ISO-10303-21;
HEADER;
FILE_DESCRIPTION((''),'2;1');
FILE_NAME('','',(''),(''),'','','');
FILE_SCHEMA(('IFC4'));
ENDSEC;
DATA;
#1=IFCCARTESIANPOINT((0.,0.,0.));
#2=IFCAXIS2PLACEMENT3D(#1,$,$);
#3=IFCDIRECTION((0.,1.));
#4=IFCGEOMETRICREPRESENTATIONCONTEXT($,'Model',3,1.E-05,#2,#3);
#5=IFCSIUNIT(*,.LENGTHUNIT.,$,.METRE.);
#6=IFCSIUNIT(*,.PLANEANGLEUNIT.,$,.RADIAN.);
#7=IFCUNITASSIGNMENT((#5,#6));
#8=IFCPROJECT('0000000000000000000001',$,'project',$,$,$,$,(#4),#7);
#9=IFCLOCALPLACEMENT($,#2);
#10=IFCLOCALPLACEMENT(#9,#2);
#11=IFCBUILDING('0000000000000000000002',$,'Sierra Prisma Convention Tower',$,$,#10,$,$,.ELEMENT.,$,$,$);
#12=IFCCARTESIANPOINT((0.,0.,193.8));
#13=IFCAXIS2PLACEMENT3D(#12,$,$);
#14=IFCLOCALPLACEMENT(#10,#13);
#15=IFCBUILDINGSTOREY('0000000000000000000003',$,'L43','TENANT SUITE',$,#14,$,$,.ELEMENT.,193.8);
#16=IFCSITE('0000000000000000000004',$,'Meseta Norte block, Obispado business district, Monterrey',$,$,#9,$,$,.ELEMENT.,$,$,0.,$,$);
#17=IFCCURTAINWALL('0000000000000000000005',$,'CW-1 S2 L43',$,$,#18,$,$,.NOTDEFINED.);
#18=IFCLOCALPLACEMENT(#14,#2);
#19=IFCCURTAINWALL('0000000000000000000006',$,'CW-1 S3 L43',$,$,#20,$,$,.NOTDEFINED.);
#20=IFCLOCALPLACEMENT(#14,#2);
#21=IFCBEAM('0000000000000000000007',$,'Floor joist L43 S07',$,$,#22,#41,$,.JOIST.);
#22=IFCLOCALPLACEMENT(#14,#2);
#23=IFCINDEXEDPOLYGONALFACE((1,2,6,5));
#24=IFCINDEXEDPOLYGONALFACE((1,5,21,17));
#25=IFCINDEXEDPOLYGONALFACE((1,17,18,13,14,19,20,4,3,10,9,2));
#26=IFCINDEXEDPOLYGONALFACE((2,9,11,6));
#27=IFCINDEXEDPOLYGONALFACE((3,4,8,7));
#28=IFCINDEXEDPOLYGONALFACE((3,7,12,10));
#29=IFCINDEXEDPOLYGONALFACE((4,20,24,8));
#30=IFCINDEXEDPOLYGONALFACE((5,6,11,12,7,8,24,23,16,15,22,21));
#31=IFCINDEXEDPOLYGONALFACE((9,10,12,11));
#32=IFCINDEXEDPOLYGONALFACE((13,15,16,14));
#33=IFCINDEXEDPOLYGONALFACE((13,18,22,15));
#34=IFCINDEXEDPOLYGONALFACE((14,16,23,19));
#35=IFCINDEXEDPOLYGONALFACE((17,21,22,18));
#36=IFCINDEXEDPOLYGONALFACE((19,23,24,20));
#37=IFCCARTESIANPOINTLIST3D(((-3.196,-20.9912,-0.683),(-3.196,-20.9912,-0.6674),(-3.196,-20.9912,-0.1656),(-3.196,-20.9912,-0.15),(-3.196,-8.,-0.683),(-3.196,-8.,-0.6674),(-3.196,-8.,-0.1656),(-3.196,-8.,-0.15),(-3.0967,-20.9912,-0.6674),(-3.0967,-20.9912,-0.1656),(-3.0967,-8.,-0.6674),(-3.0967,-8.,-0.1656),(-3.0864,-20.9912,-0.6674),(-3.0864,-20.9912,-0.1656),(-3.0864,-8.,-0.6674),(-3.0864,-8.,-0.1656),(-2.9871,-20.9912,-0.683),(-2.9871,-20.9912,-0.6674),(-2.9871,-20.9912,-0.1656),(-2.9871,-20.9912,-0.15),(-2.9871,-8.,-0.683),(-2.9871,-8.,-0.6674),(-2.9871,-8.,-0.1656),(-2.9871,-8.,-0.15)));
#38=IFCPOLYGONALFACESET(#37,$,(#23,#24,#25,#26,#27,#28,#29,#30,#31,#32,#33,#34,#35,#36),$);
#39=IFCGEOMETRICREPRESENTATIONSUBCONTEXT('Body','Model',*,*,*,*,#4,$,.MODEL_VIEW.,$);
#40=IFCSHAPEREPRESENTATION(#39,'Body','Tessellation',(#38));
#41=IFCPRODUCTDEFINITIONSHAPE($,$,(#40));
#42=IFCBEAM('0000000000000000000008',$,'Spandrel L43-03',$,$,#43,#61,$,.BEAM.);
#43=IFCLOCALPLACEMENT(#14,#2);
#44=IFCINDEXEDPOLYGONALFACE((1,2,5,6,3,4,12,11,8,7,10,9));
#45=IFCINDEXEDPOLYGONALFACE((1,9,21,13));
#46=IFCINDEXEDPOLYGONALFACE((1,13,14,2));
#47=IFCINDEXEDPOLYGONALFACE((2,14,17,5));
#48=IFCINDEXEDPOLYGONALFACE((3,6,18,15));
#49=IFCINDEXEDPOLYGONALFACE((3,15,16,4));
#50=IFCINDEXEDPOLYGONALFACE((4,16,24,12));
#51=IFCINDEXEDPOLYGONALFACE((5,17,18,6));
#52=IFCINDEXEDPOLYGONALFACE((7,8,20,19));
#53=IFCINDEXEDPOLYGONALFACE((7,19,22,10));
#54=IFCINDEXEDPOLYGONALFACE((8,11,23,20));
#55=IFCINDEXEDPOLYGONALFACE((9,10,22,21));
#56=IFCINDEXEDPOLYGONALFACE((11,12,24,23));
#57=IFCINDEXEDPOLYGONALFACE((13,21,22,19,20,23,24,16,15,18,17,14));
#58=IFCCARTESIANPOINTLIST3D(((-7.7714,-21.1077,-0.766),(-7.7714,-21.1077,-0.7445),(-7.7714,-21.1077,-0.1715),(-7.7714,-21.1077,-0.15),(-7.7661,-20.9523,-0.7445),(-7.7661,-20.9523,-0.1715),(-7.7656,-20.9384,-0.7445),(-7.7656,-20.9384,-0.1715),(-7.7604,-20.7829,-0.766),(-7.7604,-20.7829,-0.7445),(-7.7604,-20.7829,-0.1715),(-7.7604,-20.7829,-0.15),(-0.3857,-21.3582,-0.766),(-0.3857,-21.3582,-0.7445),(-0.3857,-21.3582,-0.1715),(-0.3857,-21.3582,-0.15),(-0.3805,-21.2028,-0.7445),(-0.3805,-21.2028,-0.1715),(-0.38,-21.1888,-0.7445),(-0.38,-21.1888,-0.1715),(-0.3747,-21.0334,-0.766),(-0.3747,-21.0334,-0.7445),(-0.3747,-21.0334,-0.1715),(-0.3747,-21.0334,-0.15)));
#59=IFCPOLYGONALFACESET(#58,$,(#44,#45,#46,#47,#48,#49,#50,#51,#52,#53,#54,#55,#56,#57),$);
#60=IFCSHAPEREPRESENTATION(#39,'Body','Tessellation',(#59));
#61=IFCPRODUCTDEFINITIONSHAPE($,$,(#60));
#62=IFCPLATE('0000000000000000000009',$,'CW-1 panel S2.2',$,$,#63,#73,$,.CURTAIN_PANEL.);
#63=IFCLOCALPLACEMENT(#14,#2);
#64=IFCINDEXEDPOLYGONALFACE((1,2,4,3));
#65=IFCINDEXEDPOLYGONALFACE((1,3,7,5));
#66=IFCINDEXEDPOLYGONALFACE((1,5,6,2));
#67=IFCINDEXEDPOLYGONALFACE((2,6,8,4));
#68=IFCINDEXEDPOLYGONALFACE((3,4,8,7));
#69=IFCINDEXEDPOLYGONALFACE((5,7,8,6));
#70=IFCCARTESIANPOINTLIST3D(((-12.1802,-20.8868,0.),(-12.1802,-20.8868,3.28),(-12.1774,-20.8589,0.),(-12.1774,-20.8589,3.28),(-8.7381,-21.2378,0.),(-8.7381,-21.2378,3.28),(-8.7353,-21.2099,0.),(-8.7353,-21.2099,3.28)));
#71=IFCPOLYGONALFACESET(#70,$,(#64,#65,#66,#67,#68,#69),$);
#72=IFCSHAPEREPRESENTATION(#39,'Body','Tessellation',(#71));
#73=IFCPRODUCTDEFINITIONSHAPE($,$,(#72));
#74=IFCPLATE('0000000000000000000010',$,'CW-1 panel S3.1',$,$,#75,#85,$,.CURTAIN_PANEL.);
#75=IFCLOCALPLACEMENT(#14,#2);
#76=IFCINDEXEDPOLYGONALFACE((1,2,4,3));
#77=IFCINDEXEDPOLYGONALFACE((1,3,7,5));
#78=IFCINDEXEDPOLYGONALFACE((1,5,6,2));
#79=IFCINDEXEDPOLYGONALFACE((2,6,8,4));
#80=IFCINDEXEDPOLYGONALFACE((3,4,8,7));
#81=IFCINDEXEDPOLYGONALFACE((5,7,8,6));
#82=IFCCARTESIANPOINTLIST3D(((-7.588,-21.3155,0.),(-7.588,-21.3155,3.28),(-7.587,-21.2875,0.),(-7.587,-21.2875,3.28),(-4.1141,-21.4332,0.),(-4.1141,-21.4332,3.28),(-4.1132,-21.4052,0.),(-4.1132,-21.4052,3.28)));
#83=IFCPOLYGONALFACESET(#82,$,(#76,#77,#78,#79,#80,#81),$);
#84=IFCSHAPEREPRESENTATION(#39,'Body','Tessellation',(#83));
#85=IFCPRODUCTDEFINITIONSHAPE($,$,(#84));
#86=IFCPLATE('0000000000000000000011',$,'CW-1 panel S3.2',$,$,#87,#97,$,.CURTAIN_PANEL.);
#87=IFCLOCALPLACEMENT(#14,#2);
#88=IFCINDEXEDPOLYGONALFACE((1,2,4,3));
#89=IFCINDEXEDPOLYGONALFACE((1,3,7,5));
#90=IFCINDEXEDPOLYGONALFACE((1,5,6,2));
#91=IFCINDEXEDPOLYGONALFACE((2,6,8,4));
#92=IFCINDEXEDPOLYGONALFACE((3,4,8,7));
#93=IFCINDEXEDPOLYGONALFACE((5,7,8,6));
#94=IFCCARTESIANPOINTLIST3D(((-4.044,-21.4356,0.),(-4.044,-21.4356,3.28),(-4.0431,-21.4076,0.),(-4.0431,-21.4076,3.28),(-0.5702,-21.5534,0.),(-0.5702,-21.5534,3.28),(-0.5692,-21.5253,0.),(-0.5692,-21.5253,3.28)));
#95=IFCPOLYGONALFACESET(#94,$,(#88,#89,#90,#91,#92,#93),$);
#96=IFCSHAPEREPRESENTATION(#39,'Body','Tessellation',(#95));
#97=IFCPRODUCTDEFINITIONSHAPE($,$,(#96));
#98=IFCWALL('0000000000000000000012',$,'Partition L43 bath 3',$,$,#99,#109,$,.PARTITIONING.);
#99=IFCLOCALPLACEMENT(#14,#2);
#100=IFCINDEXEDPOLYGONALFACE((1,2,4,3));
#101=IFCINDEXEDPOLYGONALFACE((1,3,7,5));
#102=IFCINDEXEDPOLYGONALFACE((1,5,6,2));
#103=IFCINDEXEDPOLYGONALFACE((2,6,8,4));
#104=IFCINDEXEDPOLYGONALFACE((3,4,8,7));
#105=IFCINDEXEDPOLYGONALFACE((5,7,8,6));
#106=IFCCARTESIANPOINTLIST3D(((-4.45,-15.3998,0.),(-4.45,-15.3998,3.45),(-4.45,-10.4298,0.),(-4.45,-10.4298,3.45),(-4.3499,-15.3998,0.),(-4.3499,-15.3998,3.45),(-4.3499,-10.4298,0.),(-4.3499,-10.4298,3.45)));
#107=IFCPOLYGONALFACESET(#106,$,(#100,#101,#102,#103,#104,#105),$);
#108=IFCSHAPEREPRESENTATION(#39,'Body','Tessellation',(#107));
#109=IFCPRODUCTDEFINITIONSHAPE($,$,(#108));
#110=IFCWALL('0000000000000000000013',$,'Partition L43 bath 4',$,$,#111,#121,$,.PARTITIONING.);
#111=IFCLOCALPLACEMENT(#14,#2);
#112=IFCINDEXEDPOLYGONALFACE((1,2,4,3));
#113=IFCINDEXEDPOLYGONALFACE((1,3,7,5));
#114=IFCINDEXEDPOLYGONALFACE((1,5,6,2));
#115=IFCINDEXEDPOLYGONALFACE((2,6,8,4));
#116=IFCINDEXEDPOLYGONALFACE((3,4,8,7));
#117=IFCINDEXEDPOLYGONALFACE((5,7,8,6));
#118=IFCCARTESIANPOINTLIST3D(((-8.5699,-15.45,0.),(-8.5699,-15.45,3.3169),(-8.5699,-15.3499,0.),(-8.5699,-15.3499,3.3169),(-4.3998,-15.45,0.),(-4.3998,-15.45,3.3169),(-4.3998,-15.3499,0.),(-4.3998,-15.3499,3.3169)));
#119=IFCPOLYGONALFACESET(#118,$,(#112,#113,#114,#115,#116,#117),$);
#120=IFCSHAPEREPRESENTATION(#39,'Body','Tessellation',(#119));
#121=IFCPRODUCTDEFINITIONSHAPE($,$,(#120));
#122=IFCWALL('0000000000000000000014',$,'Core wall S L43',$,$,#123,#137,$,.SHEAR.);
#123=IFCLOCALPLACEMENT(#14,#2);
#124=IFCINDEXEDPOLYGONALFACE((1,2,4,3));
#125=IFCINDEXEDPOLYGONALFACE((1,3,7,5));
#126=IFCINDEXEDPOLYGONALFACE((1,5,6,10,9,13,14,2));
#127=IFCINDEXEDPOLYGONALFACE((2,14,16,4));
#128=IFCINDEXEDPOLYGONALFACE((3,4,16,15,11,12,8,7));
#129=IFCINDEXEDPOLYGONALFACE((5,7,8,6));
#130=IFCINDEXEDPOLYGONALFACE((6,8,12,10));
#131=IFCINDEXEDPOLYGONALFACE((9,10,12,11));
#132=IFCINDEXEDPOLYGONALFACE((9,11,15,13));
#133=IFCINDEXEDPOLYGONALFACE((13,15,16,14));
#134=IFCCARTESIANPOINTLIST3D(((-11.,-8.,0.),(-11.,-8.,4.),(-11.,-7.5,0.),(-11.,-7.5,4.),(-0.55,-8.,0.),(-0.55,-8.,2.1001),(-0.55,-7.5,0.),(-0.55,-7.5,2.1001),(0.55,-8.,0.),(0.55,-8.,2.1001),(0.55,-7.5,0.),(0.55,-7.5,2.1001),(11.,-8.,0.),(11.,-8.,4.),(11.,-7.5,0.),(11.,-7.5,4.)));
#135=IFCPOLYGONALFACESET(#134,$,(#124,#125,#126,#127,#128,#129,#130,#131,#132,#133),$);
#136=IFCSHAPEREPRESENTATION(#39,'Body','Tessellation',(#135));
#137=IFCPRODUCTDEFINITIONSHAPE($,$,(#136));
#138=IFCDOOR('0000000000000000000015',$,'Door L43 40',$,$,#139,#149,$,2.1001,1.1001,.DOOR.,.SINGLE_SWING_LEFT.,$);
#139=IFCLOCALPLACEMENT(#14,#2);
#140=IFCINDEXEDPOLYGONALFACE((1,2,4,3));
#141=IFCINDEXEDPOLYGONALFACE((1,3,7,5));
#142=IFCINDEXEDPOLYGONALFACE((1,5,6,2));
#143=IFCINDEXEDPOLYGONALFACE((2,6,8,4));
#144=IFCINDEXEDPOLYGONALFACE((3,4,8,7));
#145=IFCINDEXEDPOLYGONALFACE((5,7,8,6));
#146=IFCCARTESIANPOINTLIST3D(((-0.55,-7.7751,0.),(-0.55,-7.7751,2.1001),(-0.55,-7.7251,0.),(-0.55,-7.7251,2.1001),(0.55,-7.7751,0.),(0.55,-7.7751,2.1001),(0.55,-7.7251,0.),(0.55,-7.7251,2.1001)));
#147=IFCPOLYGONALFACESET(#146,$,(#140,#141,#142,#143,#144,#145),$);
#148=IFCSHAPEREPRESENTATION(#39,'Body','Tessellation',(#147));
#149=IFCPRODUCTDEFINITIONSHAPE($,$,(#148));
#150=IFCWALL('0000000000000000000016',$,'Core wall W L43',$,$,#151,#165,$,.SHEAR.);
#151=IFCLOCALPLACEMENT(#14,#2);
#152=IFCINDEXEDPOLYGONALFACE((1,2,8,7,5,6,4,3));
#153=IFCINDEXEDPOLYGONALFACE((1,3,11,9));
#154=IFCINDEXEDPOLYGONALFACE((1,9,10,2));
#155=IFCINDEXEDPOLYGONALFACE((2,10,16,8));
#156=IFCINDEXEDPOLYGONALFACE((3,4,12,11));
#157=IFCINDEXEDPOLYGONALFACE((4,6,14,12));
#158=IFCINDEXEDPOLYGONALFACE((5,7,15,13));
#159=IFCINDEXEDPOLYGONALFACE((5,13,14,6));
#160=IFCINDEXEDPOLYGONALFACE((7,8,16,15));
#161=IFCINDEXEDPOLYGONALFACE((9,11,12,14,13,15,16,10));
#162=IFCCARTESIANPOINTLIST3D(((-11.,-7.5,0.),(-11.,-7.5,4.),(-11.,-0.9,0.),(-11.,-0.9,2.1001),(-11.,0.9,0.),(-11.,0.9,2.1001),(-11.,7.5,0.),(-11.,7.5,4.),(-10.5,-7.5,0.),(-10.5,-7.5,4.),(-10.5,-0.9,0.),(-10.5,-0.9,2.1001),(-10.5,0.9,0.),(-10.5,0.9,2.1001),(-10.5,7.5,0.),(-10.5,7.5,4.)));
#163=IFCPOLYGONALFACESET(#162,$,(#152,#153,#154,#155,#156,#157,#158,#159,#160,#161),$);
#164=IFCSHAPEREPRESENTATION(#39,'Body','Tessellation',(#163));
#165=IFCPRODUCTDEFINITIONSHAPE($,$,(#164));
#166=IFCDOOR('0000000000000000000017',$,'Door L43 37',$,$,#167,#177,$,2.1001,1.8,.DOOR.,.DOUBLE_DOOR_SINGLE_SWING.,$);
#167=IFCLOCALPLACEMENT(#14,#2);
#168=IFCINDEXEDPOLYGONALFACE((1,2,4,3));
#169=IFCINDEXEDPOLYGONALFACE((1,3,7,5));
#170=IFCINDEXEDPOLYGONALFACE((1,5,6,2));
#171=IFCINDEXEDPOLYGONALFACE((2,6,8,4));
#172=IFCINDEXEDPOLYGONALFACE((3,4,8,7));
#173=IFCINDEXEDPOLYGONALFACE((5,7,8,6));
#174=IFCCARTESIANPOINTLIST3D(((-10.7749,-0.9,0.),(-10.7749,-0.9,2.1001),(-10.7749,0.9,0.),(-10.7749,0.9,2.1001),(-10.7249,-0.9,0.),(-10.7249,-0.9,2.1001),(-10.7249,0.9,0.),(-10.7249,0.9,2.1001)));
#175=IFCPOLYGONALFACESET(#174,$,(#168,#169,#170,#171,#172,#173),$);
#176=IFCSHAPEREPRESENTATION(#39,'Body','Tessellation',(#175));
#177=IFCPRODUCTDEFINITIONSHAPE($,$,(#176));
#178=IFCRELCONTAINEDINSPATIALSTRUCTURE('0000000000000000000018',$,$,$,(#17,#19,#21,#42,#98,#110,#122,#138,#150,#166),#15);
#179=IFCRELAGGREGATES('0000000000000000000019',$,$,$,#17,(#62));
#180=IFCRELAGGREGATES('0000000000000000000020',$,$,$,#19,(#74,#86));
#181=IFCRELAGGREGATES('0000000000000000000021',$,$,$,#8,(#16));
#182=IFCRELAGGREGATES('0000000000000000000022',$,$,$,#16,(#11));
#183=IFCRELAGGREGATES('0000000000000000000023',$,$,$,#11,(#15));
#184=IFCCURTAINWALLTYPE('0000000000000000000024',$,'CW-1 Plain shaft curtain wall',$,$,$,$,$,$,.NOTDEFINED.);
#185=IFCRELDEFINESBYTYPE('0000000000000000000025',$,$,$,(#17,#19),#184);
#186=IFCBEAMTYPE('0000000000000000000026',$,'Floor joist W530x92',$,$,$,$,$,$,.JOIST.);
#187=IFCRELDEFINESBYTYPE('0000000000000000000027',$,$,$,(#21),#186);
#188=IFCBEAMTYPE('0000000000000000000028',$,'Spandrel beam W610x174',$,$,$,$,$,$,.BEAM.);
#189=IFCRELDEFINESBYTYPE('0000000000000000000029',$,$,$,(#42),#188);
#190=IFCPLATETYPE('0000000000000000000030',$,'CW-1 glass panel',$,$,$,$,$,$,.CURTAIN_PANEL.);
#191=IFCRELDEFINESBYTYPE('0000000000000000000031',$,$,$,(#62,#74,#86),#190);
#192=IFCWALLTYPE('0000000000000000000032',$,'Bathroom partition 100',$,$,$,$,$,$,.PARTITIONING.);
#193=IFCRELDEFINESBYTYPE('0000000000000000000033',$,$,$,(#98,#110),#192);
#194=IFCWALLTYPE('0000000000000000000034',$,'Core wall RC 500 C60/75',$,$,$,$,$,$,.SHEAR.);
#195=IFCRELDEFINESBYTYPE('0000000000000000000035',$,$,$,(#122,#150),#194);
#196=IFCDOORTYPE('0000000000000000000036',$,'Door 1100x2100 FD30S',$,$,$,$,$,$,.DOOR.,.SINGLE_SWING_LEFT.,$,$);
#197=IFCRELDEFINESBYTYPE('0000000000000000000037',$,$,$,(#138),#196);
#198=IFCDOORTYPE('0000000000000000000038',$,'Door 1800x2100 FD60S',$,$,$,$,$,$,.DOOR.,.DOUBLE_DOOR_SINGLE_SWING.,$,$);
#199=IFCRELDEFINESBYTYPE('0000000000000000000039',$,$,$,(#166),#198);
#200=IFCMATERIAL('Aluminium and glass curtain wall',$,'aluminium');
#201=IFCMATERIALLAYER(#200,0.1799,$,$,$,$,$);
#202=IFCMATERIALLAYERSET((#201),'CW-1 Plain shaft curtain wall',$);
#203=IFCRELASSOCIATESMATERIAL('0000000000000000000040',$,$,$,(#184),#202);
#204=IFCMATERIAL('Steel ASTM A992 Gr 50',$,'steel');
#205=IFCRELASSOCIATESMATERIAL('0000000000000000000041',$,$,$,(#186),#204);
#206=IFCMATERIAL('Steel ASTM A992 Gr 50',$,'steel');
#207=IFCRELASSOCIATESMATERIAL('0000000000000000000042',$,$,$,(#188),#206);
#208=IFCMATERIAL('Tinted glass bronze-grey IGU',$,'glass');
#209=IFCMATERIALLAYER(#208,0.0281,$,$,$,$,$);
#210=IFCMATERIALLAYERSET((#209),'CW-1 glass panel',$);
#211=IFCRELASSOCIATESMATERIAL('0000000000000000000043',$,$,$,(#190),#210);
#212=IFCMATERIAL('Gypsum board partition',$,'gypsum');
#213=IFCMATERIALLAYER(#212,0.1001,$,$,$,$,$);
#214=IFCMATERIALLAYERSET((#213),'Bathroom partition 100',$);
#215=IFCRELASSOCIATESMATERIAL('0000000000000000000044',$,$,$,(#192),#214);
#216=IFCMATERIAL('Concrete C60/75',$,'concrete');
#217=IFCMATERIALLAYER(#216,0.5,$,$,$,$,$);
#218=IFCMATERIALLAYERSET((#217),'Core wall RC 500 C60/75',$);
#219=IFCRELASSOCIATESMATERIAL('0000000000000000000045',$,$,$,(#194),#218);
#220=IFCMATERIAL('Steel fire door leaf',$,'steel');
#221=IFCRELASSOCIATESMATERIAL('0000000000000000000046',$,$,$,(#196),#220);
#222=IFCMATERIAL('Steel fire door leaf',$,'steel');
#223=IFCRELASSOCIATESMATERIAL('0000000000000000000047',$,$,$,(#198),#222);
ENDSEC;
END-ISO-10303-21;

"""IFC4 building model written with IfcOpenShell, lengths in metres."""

from ifc_helpers import new_model, si_unit, direction, frame, frame_2d, origin, origin_2d, place, context, subcontext, project, spatial, rectangle, i_section, extrude, material, layer, layer_set, material_profile, profile_set, type_object, element, fill, aggregate, save


model = new_model("IFC4")

# Units and contexts
model_context = context("Model", 3, precision=1e-05, world=origin(), true_north=direction((0.0, 1.0)))
body_context = subcontext(model_context, "Body", "Model", "MODEL_VIEW")
ifc_project = project(units=[si_unit("LENGTHUNIT", "METRE"), si_unit("PLANEANGLEUNIT", "RADIAN")], contexts=[model_context])

# Site, building, storey
site_placement = place(None, origin())
site = spatial("IfcSite", under=ifc_project, at=site_placement, Name="Meseta Norte block, Obispado business district, Monterrey", CompositionType="ELEMENT", RefElevation=0.0)
building_placement = place(site_placement, origin())
building = spatial("IfcBuilding", under=site, at=building_placement, Name="Sierra Prisma Convention Tower", CompositionType="ELEMENT")
storey_placement = place(building_placement, frame((0.0, 0.0, 193.8)))
storey = spatial("IfcBuildingStorey", under=building, at=storey_placement, Name="L43", Description="TENANT SUITE", CompositionType="ELEMENT", Elevation=193.8)

# Curtain wall
ifc_material_1 = material(Name="Aluminium and glass curtain wall", Category="aluminium")
ifc_layer_1 = layer(ifc_material_1, 0.1799)
ifc_layer_set_1 = layer_set([ifc_layer_1], Name="CW-1 Plain shaft curtain wall")
curtain_wall_type = type_object("IfcCurtainWallType", Name="CW-1 Plain shaft curtain wall", PredefinedType="NOTDEFINED", material=ifc_layer_set_1)
curtain_wall_1_placement = place(storey_placement, origin())
curtain_wall_1 = element("IfcCurtainWall", 1, at=curtain_wall_1_placement, inside=storey, type_object=curtain_wall_type, Name="CW-1 S2 L43", PredefinedType="NOTDEFINED")

# Curtain wall
curtain_wall_2_placement = place(storey_placement, origin())
curtain_wall_2 = element("IfcCurtainWall", 2, at=curtain_wall_2_placement, inside=storey, type_object=curtain_wall_type, Name="CW-1 S3 L43", PredefinedType="NOTDEFINED")

# Beams
ifc_material_2 = material(Name="Steel ASTM A992 Gr 50", Category="steel")
ifc_material_profile_1 = material_profile(ifc_material_2, i_section(OverallWidth=0.209, OverallDepth=0.533, WebThickness=0.0103, FlangeThickness=0.0156, at=origin_2d()), Name="W530x92")
ifc_profile_set_1 = profile_set([ifc_material_profile_1], Name="Steel ASTM A992 Gr 50")
beam_type_1 = type_object("IfcBeamType", Name="Floor joist W530x92", PredefinedType="JOIST", material=ifc_profile_set_1)
beam_1_placement = place(storey_placement, frame((-3.0916, -20.9912, -0.4165), z_axis=(0.0, 1.0, 0.0), x_axis=(-1.0, 0.0, 0.0)))
element("IfcBeam", 3, at=beam_1_placement, inside=storey, type_object=beam_type_1, Name="Floor joist L43 S07", PredefinedType="JOIST", context=body_context, shape_type="SweptSolid", body=[
    extrude(i_section(OverallWidth=0.209, OverallDepth=0.533, WebThickness=0.0103, FlangeThickness=0.0156, at=origin_2d()), origin(), (0.0, 0.0, 1.0), 12.9912),
])
ifc_material_3 = material(Name="Steel ASTM A992 Gr 50", Category="steel")
ifc_material_profile_2 = material_profile(ifc_material_3, i_section(OverallWidth=0.325, OverallDepth=0.616, WebThickness=0.0139, FlangeThickness=0.0215, at=origin_2d()), Name="W610x174")
ifc_profile_set_2 = profile_set([ifc_material_profile_2], Name="Steel ASTM A992 Gr 50")
beam_type_2 = type_object("IfcBeamType", Name="Spandrel beam W610x174", PredefinedType="BEAM", material=ifc_profile_set_2)
beam_2_placement = place(storey_placement, frame((-7.7659, -20.9453, -0.458), z_axis=(0.999425, -0.033896, 0.0), x_axis=(0.033896, 0.999425, 0.0)))
element("IfcBeam", 4, at=beam_2_placement, inside=storey, type_object=beam_type_2, Name="Spandrel L43-03", PredefinedType="BEAM", context=body_context, shape_type="SweptSolid", body=[
    extrude(i_section(OverallWidth=0.325, OverallDepth=0.616, WebThickness=0.0139, FlangeThickness=0.0215, at=origin_2d()), origin(), (0.0, 0.0, 1.0), 7.3899),
])

# Plates
ifc_material_4 = material(Name="Tinted glass bronze-grey IGU", Category="glass")
ifc_layer_2 = layer(ifc_material_4, 0.0281)
ifc_layer_set_2 = layer_set([ifc_layer_2], Name="CW-1 glass panel")
plate_type = type_object("IfcPlateType", Name="CW-1 glass panel", PredefinedType="CURTAIN_PANEL", material=ifc_layer_set_2)
plate_1_placement = place(storey_placement, frame((-10.4578, -21.0483, 0.0), z_axis=(0.0, 0.0, 1.0), x_axis=(0.994841, -0.101448, 0.0)))
plate_1 = element("IfcPlate", 5, at=plate_1_placement, type_object=plate_type, Name="CW-1 panel S2.2", PredefinedType="CURTAIN_PANEL", context=body_context, shape_type="SweptSolid", body=[
    extrude(rectangle(XDim=3.46, YDim=0.0281, at=origin_2d()), origin(), (0.0, 0.0, 1.0), 3.28),
])
aggregate(curtain_wall_1, [plate_1])
plate_2_placement = place(storey_placement, frame((-5.8506, -21.3604, 0.0), z_axis=(0.0, 0.0, 1.0), x_axis=(0.999426, -0.033868, 0.0)))
plate_2 = element("IfcPlate", 6, at=plate_2_placement, type_object=plate_type, Name="CW-1 panel S3.1", PredefinedType="CURTAIN_PANEL", context=body_context, shape_type="SweptSolid", body=[
    extrude(rectangle(XDim=3.4758, YDim=0.0281, at=origin_2d()), origin(), (0.0, 0.0, 1.0), 3.28),
])
plate_3_placement = place(storey_placement, frame((-2.3066, -21.4805, 0.0), z_axis=(0.0, 0.0, 1.0), x_axis=(0.999426, -0.033868, 0.0)))
plate_3 = element("IfcPlate", 7, at=plate_3_placement, type_object=plate_type, Name="CW-1 panel S3.2", PredefinedType="CURTAIN_PANEL", context=body_context, shape_type="SweptSolid", body=[
    extrude(rectangle(XDim=3.4758, YDim=0.0281, at=origin_2d()), origin(), (0.0, 0.0, 1.0), 3.28),
])
aggregate(curtain_wall_2, [plate_2, plate_3])

# Walls
ifc_material_5 = material(Name="Gypsum board partition", Category="gypsum")
ifc_layer_3 = layer(ifc_material_5, 0.1001)
ifc_layer_set_3 = layer_set([ifc_layer_3], Name="Bathroom partition 100")
wall_type_1 = type_object("IfcWallType", Name="Bathroom partition 100", PredefinedType="PARTITIONING", material=ifc_layer_set_3)
wall_1_placement = place(storey_placement, frame((-4.3999, -10.4299, 0.0), z_axis=(0.0, 0.0, 1.0), x_axis=(0.0, -1.0, 0.0)))
element("IfcWall", 8, at=wall_1_placement, inside=storey, type_object=wall_type_1, Name="Partition L43 bath 3", PredefinedType="PARTITIONING", context=body_context, shape_type="SweptSolid", body=[
    extrude(rectangle(XDim=4.97, YDim=0.1001, at=frame_2d((2.4849, 0.0))), origin(), (0.0, 0.0, 1.0), 3.45),
])
wall_2_placement = place(storey_placement, frame((-4.3999, -15.3999, 0.0), z_axis=(0.0, 0.0, 1.0), x_axis=(-1.0, 0.0, 0.0)))
element("IfcWall", 9, at=wall_2_placement, inside=storey, type_object=wall_type_1, Name="Partition L43 bath 4", PredefinedType="PARTITIONING", context=body_context, shape_type="SweptSolid", body=[
    extrude(rectangle(XDim=4.1702, YDim=0.1001, at=frame_2d((2.085, 0.0))), origin(), (0.0, 0.0, 1.0), 3.3169),
])

# Walls, openings, doors
ifc_material_6 = material(Name="Concrete C60/75", Category="concrete")
ifc_layer_4 = layer(ifc_material_6, 0.5)
ifc_layer_set_4 = layer_set([ifc_layer_4], Name="Core wall RC 500 C60/75")
wall_type_2 = type_object("IfcWallType", Name="Core wall RC 500 C60/75", PredefinedType="SHEAR", material=ifc_layer_set_4)
wall_3_placement = place(storey_placement, frame((-11.0, -7.75, 0.0), z_axis=(0.0, 0.0, 1.0), x_axis=(1.0, 0.0, 0.0)))
wall_3 = element("IfcWall", 10, at=wall_3_placement, inside=storey, type_object=wall_type_2, Name="Core wall S L43", PredefinedType="SHEAR", context=body_context, shape_type="SweptSolid", body=[
    extrude(rectangle(XDim=22.0, YDim=0.5, at=frame_2d((11.0, 0.0))), origin(), (0.0, 0.0, 1.0), 4.0),
])
opening_1_placement = place(wall_3_placement, frame((10.45, 0.0, 0.0)))
opening_1 = element("IfcOpeningElement", 11, at=opening_1_placement, cuts=wall_3, PredefinedType="OPENING", context=body_context, shape_type="SweptSolid", body=[
    extrude(rectangle(XDim=1.1001, YDim=2.1001, at=frame_2d((0.55, 1.05))), frame((0.0, 0.25, 0.0), z_axis=(0.0, -1.0, 0.0), x_axis=(1.0, 0.0, 0.0)), (0.0, 0.0, 1.0), 0.5),
])
ifc_material_7 = material(Name="Steel fire door leaf", Category="steel")
door_type_1 = type_object("IfcDoorType", Name="Door 1100x2100 FD30S", OperationType="SINGLE_SWING_LEFT", PredefinedType="DOOR", material=ifc_material_7)
door_1_placement = place(opening_1_placement, origin())
door_1 = element("IfcDoor", 12, at=door_1_placement, inside=storey, type_object=door_type_1, Name="Door L43 40", OperationType="SINGLE_SWING_LEFT", OverallHeight=2.1001, OverallWidth=1.1001, PredefinedType="DOOR", context=body_context, shape_type="SweptSolid", body=[
    extrude(rectangle(XDim=1.1001, YDim=2.1001, at=frame_2d((0.55, 1.05))), frame((0.0, 0.0249, 0.0), z_axis=(0.0, -1.0, 0.0), x_axis=(1.0, 0.0, 0.0)), (0.0, 0.0, 1.0), 0.05),
])
fill(opening_1, door_1)
wall_4_placement = place(storey_placement, frame((-10.75, -7.5, 0.0), z_axis=(0.0, 0.0, 1.0), x_axis=(0.0, 1.0, 0.0)))
wall_4 = element("IfcWall", 13, at=wall_4_placement, inside=storey, type_object=wall_type_2, Name="Core wall W L43", PredefinedType="SHEAR", context=body_context, shape_type="SweptSolid", body=[
    extrude(rectangle(XDim=15.0, YDim=0.5, at=frame_2d((7.5, 0.0))), origin(), (0.0, 0.0, 1.0), 4.0),
])
opening_2_placement = place(wall_4_placement, frame((6.6001, 0.0, 0.0)))
opening_2 = element("IfcOpeningElement", 14, at=opening_2_placement, cuts=wall_4, PredefinedType="OPENING", context=body_context, shape_type="SweptSolid", body=[
    extrude(rectangle(XDim=1.8, YDim=2.1001, at=frame_2d((0.8999, 1.05))), frame((0.0, 0.25, 0.0), z_axis=(0.0, -1.0, 0.0), x_axis=(1.0, 0.0, 0.0)), (0.0, 0.0, 1.0), 0.5),
])
ifc_material_8 = material(Name="Steel fire door leaf", Category="steel")
door_type_2 = type_object("IfcDoorType", Name="Door 1800x2100 FD60S", OperationType="DOUBLE_DOOR_SINGLE_SWING", PredefinedType="DOOR", material=ifc_material_8)
door_2_placement = place(opening_2_placement, origin())
door_2 = element("IfcDoor", 15, at=door_2_placement, inside=storey, type_object=door_type_2, Name="Door L43 37", OperationType="DOUBLE_DOOR_SINGLE_SWING", OverallHeight=2.1001, OverallWidth=1.8, PredefinedType="DOOR", context=body_context, shape_type="SweptSolid", body=[
    extrude(rectangle(XDim=1.8, YDim=2.1001, at=frame_2d((0.8999, 1.05))), frame((0.0, 0.0249, 0.0), z_axis=(0.0, -1.0, 0.0), x_axis=(1.0, 0.0, 0.0)), (0.0, 0.0, 1.0), 0.05),
])
fill(opening_2, door_2)

save(model, "model.ifc")
